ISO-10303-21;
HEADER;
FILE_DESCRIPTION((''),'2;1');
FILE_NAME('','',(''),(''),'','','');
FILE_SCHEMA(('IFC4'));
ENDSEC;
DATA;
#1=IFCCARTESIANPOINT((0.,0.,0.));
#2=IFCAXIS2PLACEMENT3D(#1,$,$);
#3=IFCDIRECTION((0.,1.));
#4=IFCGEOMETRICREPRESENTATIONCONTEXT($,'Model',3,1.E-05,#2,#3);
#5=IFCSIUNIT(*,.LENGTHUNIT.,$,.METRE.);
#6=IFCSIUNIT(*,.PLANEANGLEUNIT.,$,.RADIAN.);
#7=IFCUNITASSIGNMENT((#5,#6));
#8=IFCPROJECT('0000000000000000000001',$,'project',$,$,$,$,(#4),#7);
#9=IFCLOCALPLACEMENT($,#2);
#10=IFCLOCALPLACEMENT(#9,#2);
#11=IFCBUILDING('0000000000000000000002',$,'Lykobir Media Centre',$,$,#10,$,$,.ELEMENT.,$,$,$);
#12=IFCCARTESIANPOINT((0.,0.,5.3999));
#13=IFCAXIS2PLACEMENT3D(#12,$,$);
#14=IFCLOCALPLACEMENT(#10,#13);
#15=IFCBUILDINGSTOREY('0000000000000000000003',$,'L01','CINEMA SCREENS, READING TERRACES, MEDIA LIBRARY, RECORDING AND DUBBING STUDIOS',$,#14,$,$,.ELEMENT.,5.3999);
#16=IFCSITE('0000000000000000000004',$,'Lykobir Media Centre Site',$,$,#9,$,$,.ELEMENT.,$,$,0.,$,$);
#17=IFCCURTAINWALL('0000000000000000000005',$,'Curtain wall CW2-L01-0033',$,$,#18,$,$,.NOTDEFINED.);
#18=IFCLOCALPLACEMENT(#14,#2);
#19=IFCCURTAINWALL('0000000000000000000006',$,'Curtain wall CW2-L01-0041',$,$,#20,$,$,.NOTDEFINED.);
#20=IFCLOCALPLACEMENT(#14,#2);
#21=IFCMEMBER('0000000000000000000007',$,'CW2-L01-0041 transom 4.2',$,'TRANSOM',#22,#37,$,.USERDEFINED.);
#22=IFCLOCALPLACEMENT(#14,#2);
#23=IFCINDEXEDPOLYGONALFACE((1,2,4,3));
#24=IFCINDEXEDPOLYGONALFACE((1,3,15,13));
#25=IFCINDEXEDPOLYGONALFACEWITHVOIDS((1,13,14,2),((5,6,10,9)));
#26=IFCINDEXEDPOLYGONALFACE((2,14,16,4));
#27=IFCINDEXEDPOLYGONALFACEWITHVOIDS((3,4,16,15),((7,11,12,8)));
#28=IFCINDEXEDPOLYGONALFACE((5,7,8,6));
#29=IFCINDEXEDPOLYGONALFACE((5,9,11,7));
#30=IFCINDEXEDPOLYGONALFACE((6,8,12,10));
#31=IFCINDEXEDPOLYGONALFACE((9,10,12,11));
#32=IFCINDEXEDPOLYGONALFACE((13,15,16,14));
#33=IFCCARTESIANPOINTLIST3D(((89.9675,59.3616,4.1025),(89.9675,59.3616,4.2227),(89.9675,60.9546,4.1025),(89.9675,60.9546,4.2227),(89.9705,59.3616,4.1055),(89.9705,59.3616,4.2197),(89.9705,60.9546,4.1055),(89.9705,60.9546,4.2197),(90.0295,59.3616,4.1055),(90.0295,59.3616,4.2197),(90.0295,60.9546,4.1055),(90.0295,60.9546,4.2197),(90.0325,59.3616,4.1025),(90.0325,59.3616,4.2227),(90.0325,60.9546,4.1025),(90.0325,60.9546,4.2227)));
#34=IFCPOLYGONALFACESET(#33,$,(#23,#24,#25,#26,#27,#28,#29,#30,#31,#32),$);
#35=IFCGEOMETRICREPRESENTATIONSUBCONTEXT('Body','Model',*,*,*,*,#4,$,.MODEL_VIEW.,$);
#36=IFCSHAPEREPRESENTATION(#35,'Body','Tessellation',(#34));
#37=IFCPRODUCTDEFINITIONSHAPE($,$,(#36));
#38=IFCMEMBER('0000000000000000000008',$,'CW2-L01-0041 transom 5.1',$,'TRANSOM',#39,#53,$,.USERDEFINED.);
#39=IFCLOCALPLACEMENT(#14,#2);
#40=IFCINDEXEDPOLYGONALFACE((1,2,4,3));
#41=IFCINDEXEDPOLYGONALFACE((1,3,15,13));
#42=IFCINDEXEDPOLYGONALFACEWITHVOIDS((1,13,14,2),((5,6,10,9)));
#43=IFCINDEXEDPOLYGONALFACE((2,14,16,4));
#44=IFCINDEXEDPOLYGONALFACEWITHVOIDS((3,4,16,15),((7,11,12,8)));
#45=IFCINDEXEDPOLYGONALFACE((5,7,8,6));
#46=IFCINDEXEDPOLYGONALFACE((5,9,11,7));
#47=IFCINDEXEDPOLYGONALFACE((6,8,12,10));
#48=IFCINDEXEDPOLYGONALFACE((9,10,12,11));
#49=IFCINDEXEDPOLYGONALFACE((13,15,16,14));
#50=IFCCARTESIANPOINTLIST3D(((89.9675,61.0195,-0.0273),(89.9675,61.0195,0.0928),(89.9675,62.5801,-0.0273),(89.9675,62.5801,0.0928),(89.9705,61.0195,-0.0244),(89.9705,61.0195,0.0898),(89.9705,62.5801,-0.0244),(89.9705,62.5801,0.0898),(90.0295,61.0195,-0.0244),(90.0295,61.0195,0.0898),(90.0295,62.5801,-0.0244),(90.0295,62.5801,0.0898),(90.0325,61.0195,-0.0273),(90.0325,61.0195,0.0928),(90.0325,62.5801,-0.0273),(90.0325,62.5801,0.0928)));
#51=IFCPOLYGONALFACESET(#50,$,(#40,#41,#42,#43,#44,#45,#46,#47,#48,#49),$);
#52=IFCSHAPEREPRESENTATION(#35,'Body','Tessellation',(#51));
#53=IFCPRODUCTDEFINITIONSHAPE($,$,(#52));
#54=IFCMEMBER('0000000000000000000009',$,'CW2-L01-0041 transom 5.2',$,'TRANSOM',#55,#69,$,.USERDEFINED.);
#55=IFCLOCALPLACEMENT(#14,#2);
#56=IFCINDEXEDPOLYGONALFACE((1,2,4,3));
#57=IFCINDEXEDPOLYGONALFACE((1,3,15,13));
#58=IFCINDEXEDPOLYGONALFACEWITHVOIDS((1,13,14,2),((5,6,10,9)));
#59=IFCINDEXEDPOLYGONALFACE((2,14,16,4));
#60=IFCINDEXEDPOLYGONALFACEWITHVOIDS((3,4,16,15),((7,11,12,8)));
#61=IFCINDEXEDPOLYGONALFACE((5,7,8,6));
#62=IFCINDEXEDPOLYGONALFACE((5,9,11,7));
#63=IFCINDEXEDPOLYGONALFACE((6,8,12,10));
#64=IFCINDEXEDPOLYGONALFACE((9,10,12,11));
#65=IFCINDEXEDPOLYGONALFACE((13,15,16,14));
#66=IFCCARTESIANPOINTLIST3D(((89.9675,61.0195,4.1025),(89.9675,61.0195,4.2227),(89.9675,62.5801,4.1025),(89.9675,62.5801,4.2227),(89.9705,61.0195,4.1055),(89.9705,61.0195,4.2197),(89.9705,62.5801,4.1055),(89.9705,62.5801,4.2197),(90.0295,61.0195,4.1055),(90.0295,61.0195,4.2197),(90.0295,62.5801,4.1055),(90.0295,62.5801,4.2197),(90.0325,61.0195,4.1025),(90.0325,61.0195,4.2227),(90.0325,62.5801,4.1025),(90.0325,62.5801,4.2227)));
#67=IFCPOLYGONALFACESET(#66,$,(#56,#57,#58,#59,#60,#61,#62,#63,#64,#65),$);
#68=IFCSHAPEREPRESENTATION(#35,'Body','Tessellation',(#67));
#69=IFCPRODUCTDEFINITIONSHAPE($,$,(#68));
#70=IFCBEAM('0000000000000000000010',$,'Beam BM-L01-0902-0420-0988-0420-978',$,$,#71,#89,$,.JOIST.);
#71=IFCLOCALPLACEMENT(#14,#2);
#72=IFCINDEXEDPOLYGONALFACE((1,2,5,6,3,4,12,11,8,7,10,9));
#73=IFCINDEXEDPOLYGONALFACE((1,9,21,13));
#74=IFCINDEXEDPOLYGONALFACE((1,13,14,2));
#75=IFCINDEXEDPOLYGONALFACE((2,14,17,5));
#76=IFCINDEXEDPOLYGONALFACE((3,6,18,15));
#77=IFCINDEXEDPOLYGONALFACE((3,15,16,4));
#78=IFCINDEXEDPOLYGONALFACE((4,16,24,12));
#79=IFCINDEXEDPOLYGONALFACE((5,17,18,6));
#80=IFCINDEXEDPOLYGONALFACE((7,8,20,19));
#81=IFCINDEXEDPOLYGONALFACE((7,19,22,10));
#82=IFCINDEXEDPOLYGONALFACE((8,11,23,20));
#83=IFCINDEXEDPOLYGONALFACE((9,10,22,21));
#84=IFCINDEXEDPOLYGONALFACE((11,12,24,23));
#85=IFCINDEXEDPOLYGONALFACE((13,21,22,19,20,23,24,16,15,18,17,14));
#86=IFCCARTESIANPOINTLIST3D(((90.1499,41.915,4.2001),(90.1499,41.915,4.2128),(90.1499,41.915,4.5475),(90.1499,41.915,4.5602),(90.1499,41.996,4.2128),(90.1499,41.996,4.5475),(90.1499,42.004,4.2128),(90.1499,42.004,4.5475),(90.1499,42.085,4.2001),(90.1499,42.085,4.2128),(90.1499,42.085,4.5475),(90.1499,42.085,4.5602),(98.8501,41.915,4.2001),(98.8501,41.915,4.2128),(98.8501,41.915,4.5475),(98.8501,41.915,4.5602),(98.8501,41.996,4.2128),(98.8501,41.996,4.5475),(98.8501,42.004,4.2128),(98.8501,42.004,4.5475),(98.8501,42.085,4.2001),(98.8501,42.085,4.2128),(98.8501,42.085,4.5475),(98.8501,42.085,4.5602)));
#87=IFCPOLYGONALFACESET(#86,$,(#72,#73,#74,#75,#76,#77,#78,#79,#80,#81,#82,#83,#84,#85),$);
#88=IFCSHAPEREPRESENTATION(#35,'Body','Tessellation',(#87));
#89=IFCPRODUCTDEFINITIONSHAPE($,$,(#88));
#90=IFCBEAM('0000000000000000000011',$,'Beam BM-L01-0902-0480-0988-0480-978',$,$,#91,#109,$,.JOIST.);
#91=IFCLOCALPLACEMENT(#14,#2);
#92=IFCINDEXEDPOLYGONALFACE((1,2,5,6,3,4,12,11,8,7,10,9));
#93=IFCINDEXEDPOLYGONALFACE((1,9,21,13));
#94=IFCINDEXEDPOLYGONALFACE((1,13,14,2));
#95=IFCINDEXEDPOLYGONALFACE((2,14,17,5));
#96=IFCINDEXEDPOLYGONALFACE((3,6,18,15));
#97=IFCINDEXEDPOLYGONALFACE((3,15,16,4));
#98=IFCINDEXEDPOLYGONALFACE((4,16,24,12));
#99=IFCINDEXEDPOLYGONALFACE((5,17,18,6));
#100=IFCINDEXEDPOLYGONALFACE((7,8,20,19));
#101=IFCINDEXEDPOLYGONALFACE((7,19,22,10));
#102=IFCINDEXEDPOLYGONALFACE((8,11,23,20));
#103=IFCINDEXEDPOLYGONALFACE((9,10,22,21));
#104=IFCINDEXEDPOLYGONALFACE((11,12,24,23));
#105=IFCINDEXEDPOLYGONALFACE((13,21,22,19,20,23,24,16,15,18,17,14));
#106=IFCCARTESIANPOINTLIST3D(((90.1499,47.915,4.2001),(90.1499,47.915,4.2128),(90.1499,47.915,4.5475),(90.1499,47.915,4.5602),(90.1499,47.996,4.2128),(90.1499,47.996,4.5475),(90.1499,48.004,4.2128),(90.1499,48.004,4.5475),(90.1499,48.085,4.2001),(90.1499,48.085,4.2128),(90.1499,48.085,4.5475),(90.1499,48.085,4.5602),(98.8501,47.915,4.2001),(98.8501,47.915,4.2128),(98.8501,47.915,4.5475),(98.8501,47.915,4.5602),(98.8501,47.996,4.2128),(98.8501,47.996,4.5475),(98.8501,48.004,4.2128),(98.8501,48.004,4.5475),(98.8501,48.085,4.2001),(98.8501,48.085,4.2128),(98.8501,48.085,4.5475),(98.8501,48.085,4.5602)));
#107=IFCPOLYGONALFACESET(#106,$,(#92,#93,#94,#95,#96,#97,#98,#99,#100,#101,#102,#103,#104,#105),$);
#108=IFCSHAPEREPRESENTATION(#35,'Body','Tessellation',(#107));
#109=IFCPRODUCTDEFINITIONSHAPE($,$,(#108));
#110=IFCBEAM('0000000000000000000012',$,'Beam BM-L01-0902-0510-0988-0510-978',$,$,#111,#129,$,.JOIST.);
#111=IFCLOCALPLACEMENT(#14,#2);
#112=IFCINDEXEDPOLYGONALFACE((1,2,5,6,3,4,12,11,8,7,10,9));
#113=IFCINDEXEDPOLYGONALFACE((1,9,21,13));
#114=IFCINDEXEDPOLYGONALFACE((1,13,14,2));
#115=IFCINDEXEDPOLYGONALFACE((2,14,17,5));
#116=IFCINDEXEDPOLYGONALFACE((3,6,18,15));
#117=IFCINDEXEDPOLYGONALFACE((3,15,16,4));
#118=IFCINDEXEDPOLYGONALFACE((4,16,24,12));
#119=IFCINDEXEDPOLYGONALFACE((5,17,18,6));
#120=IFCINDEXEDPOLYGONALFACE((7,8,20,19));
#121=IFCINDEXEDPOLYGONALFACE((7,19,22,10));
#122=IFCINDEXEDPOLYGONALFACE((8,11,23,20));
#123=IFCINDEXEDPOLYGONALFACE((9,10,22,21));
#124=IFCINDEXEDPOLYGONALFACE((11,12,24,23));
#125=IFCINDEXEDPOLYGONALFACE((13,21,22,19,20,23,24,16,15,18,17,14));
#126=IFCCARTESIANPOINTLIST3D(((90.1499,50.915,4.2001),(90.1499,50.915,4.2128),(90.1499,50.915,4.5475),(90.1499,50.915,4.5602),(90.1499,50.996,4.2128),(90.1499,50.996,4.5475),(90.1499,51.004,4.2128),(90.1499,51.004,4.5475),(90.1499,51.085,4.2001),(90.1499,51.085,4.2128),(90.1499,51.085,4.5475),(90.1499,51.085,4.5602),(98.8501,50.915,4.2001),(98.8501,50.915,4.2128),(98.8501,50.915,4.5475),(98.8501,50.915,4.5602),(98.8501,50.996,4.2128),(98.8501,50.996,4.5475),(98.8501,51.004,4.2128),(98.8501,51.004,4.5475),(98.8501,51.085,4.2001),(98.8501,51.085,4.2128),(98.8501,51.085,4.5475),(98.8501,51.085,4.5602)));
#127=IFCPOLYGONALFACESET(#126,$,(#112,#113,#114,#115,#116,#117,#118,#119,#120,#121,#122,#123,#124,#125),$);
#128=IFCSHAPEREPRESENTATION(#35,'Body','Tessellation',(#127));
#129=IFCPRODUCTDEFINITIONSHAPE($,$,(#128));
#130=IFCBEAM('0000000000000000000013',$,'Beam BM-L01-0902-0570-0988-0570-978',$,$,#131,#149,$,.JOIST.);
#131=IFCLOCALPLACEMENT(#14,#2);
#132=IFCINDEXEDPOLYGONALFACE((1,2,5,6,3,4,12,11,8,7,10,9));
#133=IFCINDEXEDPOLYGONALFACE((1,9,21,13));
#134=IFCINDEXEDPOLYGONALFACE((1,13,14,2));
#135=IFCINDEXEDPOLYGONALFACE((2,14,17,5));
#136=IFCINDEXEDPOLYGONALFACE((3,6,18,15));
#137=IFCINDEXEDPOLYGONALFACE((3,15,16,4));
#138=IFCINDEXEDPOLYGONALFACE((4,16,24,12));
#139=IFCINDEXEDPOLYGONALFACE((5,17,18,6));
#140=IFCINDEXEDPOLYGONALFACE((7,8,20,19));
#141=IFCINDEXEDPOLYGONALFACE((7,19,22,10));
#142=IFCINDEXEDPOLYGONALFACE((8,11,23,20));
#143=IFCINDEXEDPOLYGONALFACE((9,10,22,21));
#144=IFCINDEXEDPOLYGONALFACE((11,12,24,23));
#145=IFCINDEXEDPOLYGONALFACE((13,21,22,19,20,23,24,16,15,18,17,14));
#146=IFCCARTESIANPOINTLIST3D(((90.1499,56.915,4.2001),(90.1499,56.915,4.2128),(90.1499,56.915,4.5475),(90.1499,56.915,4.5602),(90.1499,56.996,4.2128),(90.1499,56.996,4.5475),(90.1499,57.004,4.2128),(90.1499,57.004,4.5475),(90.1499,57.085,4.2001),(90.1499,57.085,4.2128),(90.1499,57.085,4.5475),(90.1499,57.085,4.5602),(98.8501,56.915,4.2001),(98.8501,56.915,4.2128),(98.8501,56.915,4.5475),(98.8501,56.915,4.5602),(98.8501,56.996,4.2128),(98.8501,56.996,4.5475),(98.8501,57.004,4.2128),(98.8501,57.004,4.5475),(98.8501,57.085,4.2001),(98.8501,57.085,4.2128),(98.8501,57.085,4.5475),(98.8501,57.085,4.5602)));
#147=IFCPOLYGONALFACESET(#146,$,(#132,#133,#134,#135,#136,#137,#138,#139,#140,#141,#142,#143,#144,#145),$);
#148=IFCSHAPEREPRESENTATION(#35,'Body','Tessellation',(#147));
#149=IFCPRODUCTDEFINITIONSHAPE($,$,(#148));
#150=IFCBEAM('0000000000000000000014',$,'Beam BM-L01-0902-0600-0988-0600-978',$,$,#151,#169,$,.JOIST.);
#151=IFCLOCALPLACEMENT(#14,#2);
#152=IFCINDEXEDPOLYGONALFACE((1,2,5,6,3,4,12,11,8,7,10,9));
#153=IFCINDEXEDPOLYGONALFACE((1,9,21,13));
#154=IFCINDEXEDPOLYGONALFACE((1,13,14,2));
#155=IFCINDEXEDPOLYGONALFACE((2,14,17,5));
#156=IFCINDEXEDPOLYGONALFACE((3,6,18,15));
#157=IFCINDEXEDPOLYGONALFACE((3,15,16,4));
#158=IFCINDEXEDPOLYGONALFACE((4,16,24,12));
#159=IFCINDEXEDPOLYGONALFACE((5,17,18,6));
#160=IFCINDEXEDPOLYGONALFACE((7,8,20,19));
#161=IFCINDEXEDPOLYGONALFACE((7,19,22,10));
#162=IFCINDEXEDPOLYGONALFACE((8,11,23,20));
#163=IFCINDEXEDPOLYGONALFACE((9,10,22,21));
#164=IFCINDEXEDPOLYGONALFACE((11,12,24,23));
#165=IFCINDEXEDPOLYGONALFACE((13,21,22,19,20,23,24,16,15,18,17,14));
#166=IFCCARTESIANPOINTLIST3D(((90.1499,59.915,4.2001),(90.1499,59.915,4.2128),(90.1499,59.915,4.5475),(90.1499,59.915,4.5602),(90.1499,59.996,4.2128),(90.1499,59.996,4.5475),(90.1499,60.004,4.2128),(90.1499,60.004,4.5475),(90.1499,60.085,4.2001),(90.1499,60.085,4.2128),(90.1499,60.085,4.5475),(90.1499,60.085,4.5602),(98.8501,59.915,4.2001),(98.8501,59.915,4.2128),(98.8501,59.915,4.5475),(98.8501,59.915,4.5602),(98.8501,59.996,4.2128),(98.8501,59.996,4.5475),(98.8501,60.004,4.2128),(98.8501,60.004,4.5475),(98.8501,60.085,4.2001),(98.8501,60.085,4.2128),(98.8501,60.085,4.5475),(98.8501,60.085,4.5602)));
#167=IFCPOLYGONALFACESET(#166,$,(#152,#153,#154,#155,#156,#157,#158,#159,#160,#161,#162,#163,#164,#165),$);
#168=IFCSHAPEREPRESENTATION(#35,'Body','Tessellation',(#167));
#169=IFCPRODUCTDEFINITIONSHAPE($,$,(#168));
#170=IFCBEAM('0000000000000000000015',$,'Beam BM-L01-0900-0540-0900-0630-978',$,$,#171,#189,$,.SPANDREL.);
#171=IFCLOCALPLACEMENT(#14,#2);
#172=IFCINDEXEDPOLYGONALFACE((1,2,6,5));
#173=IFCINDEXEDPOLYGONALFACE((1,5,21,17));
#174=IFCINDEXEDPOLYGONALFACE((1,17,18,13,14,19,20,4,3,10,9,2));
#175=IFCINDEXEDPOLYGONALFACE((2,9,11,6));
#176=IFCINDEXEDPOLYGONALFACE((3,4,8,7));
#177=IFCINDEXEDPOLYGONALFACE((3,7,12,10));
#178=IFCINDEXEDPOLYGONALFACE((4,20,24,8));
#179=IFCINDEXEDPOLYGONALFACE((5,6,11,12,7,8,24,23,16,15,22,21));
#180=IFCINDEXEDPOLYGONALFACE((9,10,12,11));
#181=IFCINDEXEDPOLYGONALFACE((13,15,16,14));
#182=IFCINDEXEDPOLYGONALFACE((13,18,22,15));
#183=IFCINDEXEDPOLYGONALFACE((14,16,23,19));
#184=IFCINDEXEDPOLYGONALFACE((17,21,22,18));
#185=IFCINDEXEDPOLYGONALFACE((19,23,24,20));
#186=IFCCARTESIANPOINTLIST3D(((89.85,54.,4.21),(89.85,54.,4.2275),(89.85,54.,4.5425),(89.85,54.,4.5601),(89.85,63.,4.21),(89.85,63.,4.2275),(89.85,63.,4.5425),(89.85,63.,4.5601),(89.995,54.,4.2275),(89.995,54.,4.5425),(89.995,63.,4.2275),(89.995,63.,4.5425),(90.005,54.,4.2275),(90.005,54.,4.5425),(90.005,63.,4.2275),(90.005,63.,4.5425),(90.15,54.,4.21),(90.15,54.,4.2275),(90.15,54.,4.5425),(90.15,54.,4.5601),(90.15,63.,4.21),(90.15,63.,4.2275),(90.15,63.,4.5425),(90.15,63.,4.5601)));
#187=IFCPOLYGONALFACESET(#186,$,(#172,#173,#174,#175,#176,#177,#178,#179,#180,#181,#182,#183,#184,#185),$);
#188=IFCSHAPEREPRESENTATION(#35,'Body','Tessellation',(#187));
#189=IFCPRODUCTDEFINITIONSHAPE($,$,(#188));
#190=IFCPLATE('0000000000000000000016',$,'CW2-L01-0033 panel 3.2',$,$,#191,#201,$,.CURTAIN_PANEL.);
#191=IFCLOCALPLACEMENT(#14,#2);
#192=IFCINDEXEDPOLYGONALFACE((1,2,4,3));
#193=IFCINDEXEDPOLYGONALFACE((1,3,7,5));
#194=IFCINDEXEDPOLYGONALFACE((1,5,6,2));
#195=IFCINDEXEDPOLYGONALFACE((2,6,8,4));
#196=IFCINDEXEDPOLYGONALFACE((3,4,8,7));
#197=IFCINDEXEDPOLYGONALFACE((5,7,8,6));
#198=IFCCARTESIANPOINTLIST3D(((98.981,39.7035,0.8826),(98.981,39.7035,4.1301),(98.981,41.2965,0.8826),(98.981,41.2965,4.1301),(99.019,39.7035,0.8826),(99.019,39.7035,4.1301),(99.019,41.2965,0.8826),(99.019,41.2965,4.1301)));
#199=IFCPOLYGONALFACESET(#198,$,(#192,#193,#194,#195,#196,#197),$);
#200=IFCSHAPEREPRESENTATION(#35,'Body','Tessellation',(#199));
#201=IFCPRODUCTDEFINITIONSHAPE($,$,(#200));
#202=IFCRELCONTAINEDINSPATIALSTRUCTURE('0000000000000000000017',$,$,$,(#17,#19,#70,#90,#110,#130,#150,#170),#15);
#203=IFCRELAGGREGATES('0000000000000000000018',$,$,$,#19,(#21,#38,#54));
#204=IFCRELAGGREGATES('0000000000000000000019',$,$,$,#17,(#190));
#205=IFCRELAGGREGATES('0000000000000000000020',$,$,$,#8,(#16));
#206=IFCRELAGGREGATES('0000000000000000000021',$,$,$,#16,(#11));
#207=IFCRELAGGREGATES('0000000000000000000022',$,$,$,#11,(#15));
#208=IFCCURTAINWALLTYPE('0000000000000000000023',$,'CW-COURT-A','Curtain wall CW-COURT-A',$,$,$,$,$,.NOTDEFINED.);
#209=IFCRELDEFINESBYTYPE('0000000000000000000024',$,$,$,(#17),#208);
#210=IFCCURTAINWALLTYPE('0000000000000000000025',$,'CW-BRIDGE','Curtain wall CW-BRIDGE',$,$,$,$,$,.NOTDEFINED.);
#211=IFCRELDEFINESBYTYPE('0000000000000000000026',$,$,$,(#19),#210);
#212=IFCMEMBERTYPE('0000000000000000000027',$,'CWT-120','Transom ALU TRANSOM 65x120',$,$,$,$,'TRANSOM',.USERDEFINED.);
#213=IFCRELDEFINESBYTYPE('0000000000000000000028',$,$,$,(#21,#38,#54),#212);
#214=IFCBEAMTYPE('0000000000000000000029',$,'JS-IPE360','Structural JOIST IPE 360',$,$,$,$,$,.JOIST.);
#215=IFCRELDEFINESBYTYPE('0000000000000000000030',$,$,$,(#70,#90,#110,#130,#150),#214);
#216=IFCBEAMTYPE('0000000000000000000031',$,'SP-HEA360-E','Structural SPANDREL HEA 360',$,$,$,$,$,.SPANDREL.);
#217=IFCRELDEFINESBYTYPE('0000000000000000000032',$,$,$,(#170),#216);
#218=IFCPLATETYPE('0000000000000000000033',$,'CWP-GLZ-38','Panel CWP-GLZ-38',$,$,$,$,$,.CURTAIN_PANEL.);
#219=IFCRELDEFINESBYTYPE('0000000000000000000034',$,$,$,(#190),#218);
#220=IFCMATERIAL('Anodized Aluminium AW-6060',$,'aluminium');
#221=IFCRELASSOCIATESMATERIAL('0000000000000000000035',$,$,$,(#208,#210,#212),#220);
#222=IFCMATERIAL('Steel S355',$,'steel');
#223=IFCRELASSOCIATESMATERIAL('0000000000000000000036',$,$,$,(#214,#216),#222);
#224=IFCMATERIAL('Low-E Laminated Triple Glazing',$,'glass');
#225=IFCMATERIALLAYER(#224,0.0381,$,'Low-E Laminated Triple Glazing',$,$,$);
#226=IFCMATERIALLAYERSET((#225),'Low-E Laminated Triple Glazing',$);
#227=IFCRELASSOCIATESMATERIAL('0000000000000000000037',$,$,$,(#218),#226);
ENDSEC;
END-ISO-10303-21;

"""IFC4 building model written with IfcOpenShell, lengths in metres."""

from ifc_helpers import new_model, si_unit, direction, frame, origin, origin_2d, place, context, subcontext, project, spatial, rectangle, hollow_rectangle, i_section, extrude, material, layer, layer_set, material_profile, profile_set, type_object, element, aggregate, save


model = new_model("IFC4")

# Units and contexts
model_context = context("Model", 3, precision=1e-05, world=origin(), true_north=direction((0.0, 1.0)))
body_context = subcontext(model_context, "Body", "Model", "MODEL_VIEW")
ifc_project = project(units=[si_unit("LENGTHUNIT", "METRE"), si_unit("PLANEANGLEUNIT", "RADIAN")], contexts=[model_context])

# Site, building, storey
site_placement = place(None, origin())
site = spatial("IfcSite", under=ifc_project, at=site_placement, Name="Lykobir Media Centre Site", CompositionType="ELEMENT", RefElevation=0.0)
building_placement = place(site_placement, origin())
building = spatial("IfcBuilding", under=site, at=building_placement, Name="Lykobir Media Centre", CompositionType="ELEMENT")
storey_placement = place(building_placement, frame((0.0, 0.0, 5.3999)))
storey = spatial("IfcBuildingStorey", under=building, at=storey_placement, Name="L01", Description="CINEMA SCREENS, READING TERRACES, MEDIA LIBRARY, RECORDING AND DUBBING STUDIOS", CompositionType="ELEMENT", Elevation=5.3999)

# Shared definitions
ifc_material_1 = material(Name="Steel S355", Category="steel")

# Curtain wall
ifc_material_2 = material(Name="Anodized Aluminium AW-6060", Category="aluminium")
curtain_wall_type_1 = type_object("IfcCurtainWallType", Name="CW-COURT-A", Description="Curtain wall CW-COURT-A", PredefinedType="NOTDEFINED", material=ifc_material_2)
curtain_wall_1_placement = place(storey_placement, origin())
curtain_wall_1 = element("IfcCurtainWall", 1, at=curtain_wall_1_placement, inside=storey, type_object=curtain_wall_type_1, Name="Curtain wall CW2-L01-0033", PredefinedType="NOTDEFINED")
curtain_wall_type_2 = type_object("IfcCurtainWallType", Name="CW-BRIDGE", Description="Curtain wall CW-BRIDGE", PredefinedType="NOTDEFINED", material=ifc_material_2)

# Curtain wall
curtain_wall_2_placement = place(storey_placement, origin())
curtain_wall_2 = element("IfcCurtainWall", 2, at=curtain_wall_2_placement, inside=storey, type_object=curtain_wall_type_2, Name="Curtain wall CW2-L01-0041", PredefinedType="NOTDEFINED")

# Members
ifc_material_profile_1 = material_profile(ifc_material_2, hollow_rectangle(XDim=0.0649, YDim=0.1201, WallThickness=0.0029, at=origin_2d()), Name="ALU TRANSOM 65x120")
ifc_profile_set_1 = profile_set([ifc_material_profile_1], Name="Anodized Aluminium AW-6060")
member_type_1 = type_object("IfcMemberType", Name="CWT-120", Description="Transom ALU TRANSOM 65x120", ElementType="TRANSOM", PredefinedType="USERDEFINED", material=ifc_profile_set_1)
member_1_placement = place(storey_placement, frame((90.0, 59.3616, 4.1626), z_axis=(0.0, 1.0, 0.0), x_axis=(-1.0, 0.0, 0.0)))
member_1 = element("IfcMember", 3, at=member_1_placement, type_object=member_type_1, Name="CW2-L01-0041 transom 4.2", ObjectType="TRANSOM", PredefinedType="USERDEFINED", context=body_context, shape_type="SweptSolid", body=[
    extrude(hollow_rectangle(XDim=0.0649, YDim=0.1201, WallThickness=0.0029, at=origin_2d()), origin(), (0.0, 0.0, 1.0), 1.593),
])
member_2_placement = place(storey_placement, frame((90.0, 61.0195, 0.0327), z_axis=(0.0, 1.0, 0.0), x_axis=(-1.0, 0.0, 0.0)))
member_2 = element("IfcMember", 4, at=member_2_placement, type_object=member_type_1, Name="CW2-L01-0041 transom 5.1", ObjectType="TRANSOM", PredefinedType="USERDEFINED", context=body_context, shape_type="SweptSolid", body=[
    extrude(hollow_rectangle(XDim=0.0649, YDim=0.1201, WallThickness=0.0029, at=origin_2d()), origin(), (0.0, 0.0, 1.0), 1.5605),
])
member_3_placement = place(storey_placement, frame((90.0, 61.0195, 4.1626), z_axis=(0.0, 1.0, 0.0), x_axis=(-1.0, 0.0, 0.0)))
member_3 = element("IfcMember", 5, at=member_3_placement, type_object=member_type_1, Name="CW2-L01-0041 transom 5.2", ObjectType="TRANSOM", PredefinedType="USERDEFINED", context=body_context, shape_type="SweptSolid", body=[
    extrude(hollow_rectangle(XDim=0.0649, YDim=0.1201, WallThickness=0.0029, at=origin_2d()), origin(), (0.0, 0.0, 1.0), 1.5605),
])

# Beams
ifc_material_profile_2 = material_profile(ifc_material_1, i_section(OverallWidth=0.1699, OverallDepth=0.3601, WebThickness=0.0081, FlangeThickness=0.0127, at=origin_2d()), Name="IPE 360")
ifc_profile_set_2 = profile_set([ifc_material_profile_2], Name="Steel S355")
beam_type_1 = type_object("IfcBeamType", Name="JS-IPE360", Description="Structural JOIST IPE 360", PredefinedType="JOIST", material=ifc_profile_set_2)
for number, where, z_axis, x_axis, name in (
    (6, (90.1499, 42.0, 4.3801), (1.0, 0.0, 0.0), (0.0, 1.0, 0.0), "Beam BM-L01-0902-0420-0988-0420-978"),
    (7, (90.1499, 48.0, 4.3801), (1.0, 0.0, 0.0), (0.0, 1.0, 0.0), "Beam BM-L01-0902-0480-0988-0480-978"),
    (8, (90.1499, 51.0, 4.3801), (1.0, 0.0, 0.0), (0.0, 1.0, 0.0), "Beam BM-L01-0902-0510-0988-0510-978"),
    (9, (90.1499, 57.0, 4.3801), (1.0, 0.0, 0.0), (0.0, 1.0, 0.0), "Beam BM-L01-0902-0570-0988-0570-978"),
    (10, (90.1499, 60.0, 4.3801), (1.0, 0.0, 0.0), (0.0, 1.0, 0.0), "Beam BM-L01-0902-0600-0988-0600-978"),
):
    element("IfcBeam", number, at=place(storey_placement, frame(where, z_axis=z_axis, x_axis=x_axis)), inside=storey, type_object=beam_type_1, Name=name, PredefinedType="JOIST", context=body_context, shape_type="SweptSolid", body=[
        extrude(i_section(OverallWidth=0.1699, OverallDepth=0.3601, WebThickness=0.0081, FlangeThickness=0.0127, at=origin_2d()), origin(), (0.0, 0.0, 1.0), 8.7002),
    ])
ifc_material_profile_3 = material_profile(ifc_material_1, i_section(OverallWidth=0.3, OverallDepth=0.3501, WebThickness=0.01, FlangeThickness=0.0176, at=origin_2d()), Name="HEA 360")
ifc_profile_set_3 = profile_set([ifc_material_profile_3], Name="Steel S355")
beam_type_2 = type_object("IfcBeamType", Name="SP-HEA360-E", Description="Structural SPANDREL HEA 360", PredefinedType="SPANDREL", material=ifc_profile_set_3)
beam_1_placement = place(storey_placement, frame((90.0, 54.0, 4.385), z_axis=(0.0, 1.0, 0.0), x_axis=(-1.0, 0.0, 0.0)))
element("IfcBeam", 11, at=beam_1_placement, inside=storey, type_object=beam_type_2, Name="Beam BM-L01-0900-0540-0900-0630-978", PredefinedType="SPANDREL", context=body_context, shape_type="SweptSolid", body=[
    extrude(i_section(OverallWidth=0.3, OverallDepth=0.3501, WebThickness=0.01, FlangeThickness=0.0176, at=origin_2d()), origin(), (0.0, 0.0, 1.0), 9.0),
])

# Plate
ifc_material_3 = material(Name="Low-E Laminated Triple Glazing", Category="glass")
ifc_layer_1 = layer(ifc_material_3, 0.0381, Name="Low-E Laminated Triple Glazing")
ifc_layer_set_1 = layer_set([ifc_layer_1], Name="Low-E Laminated Triple Glazing")
plate_type_1 = type_object("IfcPlateType", Name="CWP-GLZ-38", Description="Panel CWP-GLZ-38", PredefinedType="CURTAIN_PANEL", material=ifc_layer_set_1)
plate_1_placement = place(storey_placement, frame((99.0, 40.5, 0.8826), z_axis=(0.0, 0.0, 1.0), x_axis=(0.0, -1.0, 0.0)))
plate_1 = element("IfcPlate", 12, at=plate_1_placement, type_object=plate_type_1, Name="CW2-L01-0033 panel 3.2", PredefinedType="CURTAIN_PANEL", context=body_context, shape_type="SweptSolid", body=[
    extrude(rectangle(XDim=1.593, YDim=0.0381, at=origin_2d()), origin(), (0.0, 0.0, 1.0), 3.2476),
])
aggregate(curtain_wall_2, [member_1, member_2, member_3])
aggregate(curtain_wall_1, [plate_1])

save(model, "model.ifc")
